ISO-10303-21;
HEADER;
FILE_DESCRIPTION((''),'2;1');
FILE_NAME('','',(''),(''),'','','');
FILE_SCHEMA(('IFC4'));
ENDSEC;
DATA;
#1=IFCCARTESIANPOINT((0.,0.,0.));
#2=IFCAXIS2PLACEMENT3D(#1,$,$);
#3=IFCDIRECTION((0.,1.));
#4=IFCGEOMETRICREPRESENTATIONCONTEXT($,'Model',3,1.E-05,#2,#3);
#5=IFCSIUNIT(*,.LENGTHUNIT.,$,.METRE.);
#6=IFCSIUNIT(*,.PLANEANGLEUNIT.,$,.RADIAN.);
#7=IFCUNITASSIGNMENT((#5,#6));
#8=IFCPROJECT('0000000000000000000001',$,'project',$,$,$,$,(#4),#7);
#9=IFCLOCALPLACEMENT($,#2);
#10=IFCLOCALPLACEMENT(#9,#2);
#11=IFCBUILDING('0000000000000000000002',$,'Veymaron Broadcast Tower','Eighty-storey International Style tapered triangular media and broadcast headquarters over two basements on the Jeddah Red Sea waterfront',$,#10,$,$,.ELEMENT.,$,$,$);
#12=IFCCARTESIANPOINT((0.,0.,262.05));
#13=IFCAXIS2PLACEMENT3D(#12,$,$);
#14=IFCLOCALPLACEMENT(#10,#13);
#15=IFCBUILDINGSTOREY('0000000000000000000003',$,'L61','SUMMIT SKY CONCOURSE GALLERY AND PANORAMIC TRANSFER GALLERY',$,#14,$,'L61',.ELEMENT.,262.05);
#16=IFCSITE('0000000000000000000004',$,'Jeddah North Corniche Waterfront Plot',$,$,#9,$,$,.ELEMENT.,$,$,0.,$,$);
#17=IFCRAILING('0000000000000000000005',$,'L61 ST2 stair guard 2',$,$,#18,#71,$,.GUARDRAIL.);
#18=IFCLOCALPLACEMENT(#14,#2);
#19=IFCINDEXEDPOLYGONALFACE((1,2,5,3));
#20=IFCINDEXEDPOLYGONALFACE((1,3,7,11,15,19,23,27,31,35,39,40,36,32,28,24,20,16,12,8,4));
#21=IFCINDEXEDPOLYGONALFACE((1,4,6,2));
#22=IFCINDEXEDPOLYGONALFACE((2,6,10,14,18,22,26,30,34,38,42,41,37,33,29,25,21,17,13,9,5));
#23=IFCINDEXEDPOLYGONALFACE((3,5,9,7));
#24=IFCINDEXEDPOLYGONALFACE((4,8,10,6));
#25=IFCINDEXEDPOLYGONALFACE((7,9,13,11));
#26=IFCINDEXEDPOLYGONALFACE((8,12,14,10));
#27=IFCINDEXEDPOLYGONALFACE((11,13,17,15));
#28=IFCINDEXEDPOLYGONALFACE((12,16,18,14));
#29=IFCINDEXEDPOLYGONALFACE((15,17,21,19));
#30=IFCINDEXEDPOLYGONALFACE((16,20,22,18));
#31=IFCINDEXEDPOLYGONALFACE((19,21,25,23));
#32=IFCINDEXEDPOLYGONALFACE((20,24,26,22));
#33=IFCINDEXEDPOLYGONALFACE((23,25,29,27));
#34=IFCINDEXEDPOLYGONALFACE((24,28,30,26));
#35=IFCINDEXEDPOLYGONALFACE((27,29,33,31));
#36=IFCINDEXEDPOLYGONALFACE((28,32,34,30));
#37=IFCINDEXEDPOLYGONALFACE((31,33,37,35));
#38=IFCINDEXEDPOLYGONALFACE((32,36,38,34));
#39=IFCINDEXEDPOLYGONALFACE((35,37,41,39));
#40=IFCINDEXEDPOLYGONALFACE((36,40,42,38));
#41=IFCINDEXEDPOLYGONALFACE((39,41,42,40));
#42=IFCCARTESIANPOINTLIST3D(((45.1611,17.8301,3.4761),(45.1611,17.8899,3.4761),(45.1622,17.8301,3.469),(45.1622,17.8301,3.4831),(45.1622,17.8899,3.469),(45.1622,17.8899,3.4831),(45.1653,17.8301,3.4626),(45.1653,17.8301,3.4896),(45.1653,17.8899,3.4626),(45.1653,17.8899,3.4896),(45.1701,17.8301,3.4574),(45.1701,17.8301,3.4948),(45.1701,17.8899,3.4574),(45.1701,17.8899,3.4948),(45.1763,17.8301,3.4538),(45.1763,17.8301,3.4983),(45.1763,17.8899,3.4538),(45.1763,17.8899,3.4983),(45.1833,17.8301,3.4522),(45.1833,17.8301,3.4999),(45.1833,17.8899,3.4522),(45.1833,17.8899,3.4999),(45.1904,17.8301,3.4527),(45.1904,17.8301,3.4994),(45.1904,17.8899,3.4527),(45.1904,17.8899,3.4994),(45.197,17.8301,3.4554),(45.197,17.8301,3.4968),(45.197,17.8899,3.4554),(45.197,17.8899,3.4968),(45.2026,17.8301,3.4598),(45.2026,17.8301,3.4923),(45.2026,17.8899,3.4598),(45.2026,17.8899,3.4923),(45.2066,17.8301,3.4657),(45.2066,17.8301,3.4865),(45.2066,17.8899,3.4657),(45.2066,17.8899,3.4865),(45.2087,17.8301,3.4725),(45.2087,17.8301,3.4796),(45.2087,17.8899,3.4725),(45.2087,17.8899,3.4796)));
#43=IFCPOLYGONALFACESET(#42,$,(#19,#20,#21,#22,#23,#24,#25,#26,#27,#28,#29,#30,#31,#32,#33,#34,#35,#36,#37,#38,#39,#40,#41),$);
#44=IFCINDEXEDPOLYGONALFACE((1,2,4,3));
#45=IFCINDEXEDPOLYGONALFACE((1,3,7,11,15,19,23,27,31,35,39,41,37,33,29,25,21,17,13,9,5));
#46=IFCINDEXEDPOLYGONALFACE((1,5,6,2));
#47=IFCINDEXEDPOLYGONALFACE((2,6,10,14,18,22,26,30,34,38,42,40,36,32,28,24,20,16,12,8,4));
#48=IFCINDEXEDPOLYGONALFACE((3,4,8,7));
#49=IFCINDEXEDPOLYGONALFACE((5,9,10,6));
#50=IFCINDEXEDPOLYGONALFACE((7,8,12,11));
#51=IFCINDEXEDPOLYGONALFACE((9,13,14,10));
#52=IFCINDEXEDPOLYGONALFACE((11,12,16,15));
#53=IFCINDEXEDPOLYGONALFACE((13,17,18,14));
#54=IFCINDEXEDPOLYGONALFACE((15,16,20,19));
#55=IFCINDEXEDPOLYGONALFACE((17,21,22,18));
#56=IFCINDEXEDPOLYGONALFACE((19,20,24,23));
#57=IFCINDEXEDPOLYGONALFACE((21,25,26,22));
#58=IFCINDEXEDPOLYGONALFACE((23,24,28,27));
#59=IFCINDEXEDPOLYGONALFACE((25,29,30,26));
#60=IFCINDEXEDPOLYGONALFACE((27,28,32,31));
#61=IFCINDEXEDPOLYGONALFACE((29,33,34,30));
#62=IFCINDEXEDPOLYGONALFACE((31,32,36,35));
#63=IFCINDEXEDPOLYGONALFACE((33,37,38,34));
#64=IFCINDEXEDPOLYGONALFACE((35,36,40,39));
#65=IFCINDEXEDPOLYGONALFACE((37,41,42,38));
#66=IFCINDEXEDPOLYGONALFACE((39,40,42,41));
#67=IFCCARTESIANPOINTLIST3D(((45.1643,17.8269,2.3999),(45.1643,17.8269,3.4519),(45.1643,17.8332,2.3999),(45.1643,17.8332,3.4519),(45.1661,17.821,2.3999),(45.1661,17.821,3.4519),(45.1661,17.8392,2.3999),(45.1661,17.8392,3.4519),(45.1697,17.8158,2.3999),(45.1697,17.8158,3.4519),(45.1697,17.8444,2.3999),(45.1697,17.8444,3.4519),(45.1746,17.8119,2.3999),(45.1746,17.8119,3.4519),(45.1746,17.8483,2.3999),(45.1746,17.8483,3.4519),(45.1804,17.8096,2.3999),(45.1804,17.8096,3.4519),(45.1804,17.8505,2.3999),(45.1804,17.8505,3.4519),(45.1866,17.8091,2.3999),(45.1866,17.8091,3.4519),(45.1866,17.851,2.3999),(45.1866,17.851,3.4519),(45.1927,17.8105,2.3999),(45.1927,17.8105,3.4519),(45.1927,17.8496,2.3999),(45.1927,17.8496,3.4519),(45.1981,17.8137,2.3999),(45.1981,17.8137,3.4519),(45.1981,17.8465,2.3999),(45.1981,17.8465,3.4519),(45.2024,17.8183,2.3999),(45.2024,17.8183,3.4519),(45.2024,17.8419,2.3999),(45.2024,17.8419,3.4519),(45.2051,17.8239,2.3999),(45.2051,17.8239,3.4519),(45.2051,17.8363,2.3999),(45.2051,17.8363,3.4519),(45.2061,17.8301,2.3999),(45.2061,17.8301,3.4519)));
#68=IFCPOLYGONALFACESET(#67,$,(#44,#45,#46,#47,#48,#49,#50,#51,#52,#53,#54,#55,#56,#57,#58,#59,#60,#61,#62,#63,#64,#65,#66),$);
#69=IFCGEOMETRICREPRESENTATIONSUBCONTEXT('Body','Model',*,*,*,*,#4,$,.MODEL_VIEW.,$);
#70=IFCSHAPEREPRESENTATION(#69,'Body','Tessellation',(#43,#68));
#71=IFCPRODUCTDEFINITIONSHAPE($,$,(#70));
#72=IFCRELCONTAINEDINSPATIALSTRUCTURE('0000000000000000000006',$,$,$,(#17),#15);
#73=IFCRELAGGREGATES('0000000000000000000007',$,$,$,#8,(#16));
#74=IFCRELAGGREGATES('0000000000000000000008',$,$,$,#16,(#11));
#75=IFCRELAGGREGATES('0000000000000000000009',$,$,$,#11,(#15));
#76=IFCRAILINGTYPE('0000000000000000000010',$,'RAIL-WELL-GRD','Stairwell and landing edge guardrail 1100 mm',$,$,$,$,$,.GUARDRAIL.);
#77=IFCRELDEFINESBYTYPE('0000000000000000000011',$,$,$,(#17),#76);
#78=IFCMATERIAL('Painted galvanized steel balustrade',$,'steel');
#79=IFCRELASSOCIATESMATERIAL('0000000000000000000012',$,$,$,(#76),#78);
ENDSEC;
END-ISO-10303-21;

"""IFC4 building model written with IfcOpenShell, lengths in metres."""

from ifc_helpers import new_model, si_unit, direction, frame, origin, origin_2d, place, context, subcontext, project, spatial, circle, extrude, material, type_object, element, save


model = new_model("IFC4")

# Units and contexts
model_context = context("Model", 3, precision=1e-05, world=origin(), true_north=direction((0.0, 1.0)))
body_context = subcontext(model_context, "Body", "Model", "MODEL_VIEW")
ifc_project = project(units=[si_unit("LENGTHUNIT", "METRE"), si_unit("PLANEANGLEUNIT", "RADIAN")], contexts=[model_context])

# Site, building, storey
site_placement = place(None, origin())
site = spatial("IfcSite", under=ifc_project, at=site_placement, Name="Jeddah North Corniche Waterfront Plot", CompositionType="ELEMENT", RefElevation=0.0)
building_placement = place(site_placement, origin())
building = spatial("IfcBuilding", under=site, at=building_placement, Name="Veymaron Broadcast Tower", Description="Eighty-storey International Style tapered triangular media and broadcast headquarters over two basements on the Jeddah Red Sea waterfront", CompositionType="ELEMENT")
storey_placement = place(building_placement, frame((0.0, 0.0, 262.05)))
storey = spatial("IfcBuildingStorey", under=building, at=storey_placement, Name="L61", Description="SUMMIT SKY CONCOURSE GALLERY AND PANORAMIC TRANSFER GALLERY", LongName="L61", CompositionType="ELEMENT", Elevation=262.05)

# Railing
ifc_material_1 = material(Name="Painted galvanized steel balustrade", Category="steel")
railing_type_1 = type_object("IfcRailingType", Name="RAIL-WELL-GRD", Description="Stairwell and landing edge guardrail 1100 mm", PredefinedType="GUARDRAIL", material=ifc_material_1)
railing_1_placement = place(storey_placement, frame((45.1851, 17.8301, 2.3999)))
element("IfcRailing", 1, at=railing_1_placement, inside=storey, type_object=railing_type_1, Name="L61 ST2 stair guard 2", PredefinedType="GUARDRAIL", context=body_context, shape_type="SweptSolid", body=[
    extrude(circle(Radius=0.0239, at=origin_2d()), frame((0.0, 0.0, 1.0762), z_axis=(0.0, 1.0, 0.0), x_axis=(-1.0, 0.0, 0.0)), (0.0, 0.0, 1.0), 0.0598),
    extrude(circle(Radius=0.021, at=origin_2d()), origin(), (0.0, 0.0, 1.0), 1.052),
])

save(model, "model.ifc")
